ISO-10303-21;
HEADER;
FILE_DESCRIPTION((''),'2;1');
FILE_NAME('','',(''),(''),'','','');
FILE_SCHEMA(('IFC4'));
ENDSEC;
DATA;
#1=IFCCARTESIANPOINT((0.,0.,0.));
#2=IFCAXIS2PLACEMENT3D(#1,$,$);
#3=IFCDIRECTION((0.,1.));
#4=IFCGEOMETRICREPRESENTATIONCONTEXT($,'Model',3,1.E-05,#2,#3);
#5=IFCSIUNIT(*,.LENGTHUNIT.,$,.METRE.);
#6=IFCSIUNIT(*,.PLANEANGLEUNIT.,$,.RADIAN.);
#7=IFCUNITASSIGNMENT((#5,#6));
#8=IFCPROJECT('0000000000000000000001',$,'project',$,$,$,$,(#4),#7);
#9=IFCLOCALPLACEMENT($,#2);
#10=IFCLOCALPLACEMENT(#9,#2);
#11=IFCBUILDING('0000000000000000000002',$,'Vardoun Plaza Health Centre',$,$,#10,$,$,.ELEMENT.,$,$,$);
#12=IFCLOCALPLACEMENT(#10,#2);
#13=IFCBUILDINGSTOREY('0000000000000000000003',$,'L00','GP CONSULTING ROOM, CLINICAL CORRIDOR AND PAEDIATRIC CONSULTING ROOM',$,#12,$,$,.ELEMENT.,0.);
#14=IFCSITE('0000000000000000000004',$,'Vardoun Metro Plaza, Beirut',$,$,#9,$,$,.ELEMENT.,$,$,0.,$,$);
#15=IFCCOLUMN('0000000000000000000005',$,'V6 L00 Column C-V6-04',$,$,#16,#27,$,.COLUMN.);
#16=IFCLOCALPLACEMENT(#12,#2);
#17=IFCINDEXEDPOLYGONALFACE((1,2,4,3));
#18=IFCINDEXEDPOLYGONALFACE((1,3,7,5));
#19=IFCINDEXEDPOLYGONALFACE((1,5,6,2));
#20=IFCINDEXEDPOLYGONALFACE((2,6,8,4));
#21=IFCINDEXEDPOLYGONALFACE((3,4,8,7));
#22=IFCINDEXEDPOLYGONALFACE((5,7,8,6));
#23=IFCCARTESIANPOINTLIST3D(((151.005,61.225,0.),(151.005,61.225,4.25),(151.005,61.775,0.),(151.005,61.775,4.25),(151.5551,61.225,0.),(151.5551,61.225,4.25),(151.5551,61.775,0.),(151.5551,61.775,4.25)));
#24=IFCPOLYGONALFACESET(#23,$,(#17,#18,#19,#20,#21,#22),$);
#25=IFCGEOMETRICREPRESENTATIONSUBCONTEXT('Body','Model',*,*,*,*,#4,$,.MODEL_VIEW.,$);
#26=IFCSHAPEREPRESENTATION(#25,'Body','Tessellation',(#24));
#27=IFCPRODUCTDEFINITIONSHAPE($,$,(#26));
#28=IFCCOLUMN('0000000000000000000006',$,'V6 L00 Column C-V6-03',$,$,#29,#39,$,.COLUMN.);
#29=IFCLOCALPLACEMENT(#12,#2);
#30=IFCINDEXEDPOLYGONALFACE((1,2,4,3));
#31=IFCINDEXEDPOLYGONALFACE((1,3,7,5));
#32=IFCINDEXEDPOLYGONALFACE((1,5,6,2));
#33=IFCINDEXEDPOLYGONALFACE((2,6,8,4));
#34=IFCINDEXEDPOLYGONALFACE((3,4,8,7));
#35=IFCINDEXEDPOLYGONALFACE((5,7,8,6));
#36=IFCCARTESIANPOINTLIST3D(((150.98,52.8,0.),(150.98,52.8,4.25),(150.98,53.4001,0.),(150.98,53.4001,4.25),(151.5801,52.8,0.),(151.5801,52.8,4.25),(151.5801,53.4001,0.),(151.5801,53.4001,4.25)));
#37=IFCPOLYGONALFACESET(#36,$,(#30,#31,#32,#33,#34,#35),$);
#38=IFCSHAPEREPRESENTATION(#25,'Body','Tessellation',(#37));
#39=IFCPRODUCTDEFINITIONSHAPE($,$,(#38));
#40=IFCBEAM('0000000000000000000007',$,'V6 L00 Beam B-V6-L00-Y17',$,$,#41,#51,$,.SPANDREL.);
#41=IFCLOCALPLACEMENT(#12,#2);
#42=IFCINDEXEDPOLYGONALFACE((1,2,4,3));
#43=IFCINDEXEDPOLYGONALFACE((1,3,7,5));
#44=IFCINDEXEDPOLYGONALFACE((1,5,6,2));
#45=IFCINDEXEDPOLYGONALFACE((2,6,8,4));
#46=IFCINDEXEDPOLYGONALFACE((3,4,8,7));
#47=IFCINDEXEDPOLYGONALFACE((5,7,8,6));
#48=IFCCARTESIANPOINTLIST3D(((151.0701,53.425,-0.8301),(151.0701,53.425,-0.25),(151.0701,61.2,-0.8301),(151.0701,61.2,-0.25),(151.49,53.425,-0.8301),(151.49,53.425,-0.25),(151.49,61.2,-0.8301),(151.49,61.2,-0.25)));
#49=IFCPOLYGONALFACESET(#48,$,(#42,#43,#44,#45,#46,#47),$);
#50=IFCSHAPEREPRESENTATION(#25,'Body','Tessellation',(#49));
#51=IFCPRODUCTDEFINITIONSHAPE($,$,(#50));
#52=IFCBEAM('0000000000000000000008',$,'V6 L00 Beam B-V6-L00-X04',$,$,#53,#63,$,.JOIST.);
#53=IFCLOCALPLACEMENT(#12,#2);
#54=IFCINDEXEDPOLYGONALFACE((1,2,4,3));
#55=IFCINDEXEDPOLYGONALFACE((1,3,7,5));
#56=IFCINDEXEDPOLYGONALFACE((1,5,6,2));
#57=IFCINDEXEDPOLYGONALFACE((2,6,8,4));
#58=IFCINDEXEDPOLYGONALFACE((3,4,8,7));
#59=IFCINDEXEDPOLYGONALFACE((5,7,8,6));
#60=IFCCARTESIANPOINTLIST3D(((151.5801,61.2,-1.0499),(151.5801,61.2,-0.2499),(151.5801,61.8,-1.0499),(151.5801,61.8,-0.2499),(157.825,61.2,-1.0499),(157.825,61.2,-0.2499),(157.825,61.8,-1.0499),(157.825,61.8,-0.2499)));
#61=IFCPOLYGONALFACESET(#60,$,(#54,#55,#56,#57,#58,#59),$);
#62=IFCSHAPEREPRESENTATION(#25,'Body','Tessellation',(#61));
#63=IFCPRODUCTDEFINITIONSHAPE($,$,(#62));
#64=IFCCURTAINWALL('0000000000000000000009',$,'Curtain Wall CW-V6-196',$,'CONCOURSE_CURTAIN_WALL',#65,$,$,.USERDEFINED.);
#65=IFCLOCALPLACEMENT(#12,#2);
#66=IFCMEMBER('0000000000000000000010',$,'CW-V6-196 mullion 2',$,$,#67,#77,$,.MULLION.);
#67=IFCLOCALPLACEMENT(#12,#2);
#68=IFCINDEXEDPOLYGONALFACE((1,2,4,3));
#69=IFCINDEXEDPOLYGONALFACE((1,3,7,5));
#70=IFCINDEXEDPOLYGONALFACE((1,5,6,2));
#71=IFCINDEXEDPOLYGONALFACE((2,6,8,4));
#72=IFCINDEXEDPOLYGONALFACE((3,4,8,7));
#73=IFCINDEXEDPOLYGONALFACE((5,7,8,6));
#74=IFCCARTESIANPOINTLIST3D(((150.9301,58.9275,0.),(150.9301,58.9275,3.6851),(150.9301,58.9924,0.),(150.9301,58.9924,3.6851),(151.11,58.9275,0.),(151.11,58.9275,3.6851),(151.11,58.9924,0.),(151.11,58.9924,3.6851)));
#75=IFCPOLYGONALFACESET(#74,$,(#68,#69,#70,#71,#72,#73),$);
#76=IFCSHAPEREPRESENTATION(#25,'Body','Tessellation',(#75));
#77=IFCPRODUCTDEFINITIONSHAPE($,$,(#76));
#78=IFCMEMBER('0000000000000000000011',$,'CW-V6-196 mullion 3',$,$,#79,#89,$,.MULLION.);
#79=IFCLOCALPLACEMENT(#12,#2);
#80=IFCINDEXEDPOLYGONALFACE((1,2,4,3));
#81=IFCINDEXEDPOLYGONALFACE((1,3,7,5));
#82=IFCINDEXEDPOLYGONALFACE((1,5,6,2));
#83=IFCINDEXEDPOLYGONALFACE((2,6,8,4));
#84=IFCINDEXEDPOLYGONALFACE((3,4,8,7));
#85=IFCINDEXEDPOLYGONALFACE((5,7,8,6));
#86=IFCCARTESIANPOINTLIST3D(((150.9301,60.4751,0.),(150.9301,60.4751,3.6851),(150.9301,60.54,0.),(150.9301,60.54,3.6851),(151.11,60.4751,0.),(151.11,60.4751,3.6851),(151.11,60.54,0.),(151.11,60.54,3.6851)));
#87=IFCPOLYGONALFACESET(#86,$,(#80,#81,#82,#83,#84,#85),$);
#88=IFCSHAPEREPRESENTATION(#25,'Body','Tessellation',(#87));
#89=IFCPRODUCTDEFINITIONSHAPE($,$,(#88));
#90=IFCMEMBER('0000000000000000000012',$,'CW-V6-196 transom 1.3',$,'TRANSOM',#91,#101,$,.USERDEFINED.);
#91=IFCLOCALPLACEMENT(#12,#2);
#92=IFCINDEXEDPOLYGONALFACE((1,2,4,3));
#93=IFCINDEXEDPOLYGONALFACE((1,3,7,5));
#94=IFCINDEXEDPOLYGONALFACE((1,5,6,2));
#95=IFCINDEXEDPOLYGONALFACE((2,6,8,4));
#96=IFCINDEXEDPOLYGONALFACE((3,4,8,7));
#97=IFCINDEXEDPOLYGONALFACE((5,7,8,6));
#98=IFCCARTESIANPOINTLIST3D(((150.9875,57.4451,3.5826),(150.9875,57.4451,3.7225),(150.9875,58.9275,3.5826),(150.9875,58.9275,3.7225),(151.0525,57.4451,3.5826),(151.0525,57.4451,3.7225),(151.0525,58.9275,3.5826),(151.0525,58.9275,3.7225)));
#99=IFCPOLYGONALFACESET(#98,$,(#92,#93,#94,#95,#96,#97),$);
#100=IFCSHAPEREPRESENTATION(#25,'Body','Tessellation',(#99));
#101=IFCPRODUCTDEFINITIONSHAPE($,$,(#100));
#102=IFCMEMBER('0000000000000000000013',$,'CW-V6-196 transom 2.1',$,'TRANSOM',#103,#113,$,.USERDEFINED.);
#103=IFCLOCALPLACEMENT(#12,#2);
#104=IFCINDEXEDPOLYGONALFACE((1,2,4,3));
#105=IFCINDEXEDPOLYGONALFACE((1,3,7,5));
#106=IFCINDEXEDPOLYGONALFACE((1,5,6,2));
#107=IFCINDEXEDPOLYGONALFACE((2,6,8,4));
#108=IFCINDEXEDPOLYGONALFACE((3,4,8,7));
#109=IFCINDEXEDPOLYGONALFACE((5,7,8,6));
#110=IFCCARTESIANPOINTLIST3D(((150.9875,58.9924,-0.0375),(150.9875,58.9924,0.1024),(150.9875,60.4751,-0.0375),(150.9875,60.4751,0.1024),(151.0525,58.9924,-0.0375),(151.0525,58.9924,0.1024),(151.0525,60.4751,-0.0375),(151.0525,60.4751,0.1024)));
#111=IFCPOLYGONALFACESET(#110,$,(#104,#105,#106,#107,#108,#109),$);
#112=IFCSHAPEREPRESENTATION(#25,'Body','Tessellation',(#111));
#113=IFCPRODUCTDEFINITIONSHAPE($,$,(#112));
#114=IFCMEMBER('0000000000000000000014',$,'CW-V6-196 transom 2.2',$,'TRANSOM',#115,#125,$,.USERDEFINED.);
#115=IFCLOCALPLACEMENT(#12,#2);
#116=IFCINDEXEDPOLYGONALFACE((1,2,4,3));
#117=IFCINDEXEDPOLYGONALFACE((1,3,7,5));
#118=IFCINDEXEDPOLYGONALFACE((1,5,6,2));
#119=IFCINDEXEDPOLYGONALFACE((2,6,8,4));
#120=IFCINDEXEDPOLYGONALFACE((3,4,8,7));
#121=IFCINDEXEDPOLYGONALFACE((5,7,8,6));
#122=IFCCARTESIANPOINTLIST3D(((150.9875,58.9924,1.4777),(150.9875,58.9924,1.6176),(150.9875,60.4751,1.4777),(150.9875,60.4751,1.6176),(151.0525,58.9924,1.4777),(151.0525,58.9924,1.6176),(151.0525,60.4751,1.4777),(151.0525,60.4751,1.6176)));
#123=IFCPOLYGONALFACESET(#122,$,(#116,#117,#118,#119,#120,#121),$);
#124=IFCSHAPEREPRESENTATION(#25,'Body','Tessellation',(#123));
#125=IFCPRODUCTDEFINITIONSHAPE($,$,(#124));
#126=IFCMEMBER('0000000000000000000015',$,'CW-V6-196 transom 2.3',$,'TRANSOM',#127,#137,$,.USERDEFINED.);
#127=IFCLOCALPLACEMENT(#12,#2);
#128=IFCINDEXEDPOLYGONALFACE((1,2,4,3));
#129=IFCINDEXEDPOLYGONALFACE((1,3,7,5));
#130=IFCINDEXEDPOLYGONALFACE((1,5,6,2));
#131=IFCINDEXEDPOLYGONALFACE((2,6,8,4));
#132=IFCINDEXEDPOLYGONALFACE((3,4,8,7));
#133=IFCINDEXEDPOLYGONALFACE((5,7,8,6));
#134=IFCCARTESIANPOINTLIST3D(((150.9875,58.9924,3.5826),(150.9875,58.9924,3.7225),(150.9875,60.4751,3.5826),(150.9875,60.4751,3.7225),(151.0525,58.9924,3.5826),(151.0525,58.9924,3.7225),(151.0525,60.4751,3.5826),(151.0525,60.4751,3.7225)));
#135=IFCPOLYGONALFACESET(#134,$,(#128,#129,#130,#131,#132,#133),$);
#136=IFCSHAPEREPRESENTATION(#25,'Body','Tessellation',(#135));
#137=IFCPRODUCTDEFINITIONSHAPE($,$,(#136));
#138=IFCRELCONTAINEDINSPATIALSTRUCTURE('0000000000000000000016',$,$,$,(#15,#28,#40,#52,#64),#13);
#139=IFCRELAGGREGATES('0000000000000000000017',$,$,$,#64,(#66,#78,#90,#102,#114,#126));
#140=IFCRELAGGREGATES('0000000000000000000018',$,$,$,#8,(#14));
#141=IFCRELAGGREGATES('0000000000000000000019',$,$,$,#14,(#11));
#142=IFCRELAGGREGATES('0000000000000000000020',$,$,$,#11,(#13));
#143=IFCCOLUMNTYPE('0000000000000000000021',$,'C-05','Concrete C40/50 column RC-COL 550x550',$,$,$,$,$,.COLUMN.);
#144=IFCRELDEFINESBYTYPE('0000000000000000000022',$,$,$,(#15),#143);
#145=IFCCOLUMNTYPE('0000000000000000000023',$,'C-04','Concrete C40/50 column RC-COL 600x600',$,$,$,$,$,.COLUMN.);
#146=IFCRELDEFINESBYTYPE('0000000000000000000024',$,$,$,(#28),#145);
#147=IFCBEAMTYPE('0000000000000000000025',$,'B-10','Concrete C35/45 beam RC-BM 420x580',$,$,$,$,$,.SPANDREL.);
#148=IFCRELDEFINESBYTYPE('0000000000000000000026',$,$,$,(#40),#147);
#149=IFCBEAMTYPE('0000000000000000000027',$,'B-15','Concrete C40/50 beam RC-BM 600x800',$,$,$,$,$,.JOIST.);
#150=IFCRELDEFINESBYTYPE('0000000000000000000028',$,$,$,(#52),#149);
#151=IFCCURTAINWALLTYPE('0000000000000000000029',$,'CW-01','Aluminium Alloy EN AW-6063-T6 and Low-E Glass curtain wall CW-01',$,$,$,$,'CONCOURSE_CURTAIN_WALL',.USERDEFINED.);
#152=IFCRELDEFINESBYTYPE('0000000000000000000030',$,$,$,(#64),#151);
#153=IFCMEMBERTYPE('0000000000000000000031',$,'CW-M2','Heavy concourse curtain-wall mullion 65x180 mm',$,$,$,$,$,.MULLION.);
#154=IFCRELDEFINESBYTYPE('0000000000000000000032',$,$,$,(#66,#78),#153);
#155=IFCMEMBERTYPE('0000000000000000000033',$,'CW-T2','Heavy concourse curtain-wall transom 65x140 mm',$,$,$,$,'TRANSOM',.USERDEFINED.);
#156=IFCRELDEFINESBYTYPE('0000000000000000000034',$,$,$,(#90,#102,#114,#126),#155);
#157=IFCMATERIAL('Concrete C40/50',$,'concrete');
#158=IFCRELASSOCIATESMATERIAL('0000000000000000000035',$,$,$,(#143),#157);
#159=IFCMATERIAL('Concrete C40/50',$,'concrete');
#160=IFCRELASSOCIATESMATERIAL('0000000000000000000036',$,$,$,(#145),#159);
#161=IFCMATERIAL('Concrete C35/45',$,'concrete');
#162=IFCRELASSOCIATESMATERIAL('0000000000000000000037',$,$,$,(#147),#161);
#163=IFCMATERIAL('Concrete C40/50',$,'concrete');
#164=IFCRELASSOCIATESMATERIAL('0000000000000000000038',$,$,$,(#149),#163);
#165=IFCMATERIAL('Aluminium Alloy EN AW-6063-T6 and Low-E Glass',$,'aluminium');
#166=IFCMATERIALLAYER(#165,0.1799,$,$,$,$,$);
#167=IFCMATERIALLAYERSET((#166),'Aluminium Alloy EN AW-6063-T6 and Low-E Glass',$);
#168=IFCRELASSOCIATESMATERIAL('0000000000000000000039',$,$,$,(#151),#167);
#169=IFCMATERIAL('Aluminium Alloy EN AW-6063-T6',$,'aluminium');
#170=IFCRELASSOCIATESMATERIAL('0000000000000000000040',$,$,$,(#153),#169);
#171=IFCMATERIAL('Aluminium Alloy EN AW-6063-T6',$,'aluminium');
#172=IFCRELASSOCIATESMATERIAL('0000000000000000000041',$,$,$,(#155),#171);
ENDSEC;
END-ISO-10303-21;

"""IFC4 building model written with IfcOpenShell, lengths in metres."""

from ifc_helpers import new_model, si_unit, direction, frame, origin, origin_2d, place, context, subcontext, project, spatial, rectangle, extrude, material, layer, layer_set, material_profile, profile_set, type_object, element, aggregate, save


model = new_model("IFC4")

# Units and contexts
model_context = context("Model", 3, precision=1e-05, world=origin(), true_north=direction((0.0, 1.0)))
body_context = subcontext(model_context, "Body", "Model", "MODEL_VIEW")
ifc_project = project(units=[si_unit("LENGTHUNIT", "METRE"), si_unit("PLANEANGLEUNIT", "RADIAN")], contexts=[model_context])

# Site, building, storey
site_placement = place(None, origin())
site = spatial("IfcSite", under=ifc_project, at=site_placement, Name="Vardoun Metro Plaza, Beirut", CompositionType="ELEMENT", RefElevation=0.0)
building_placement = place(site_placement, origin())
building = spatial("IfcBuilding", under=site, at=building_placement, Name="Vardoun Plaza Health Centre", CompositionType="ELEMENT")
storey_placement = place(building_placement, origin())
storey = spatial("IfcBuildingStorey", under=building, at=storey_placement, Name="L00", Description="GP CONSULTING ROOM, CLINICAL CORRIDOR AND PAEDIATRIC CONSULTING ROOM", CompositionType="ELEMENT", Elevation=0.0)

# Columns
ifc_material_1 = material(Name="Concrete C40/50", Category="concrete")
ifc_material_profile_1 = material_profile(ifc_material_1, rectangle(XDim=0.55, YDim=0.55, at=origin_2d()), Name="RC-COL 550x550")
ifc_profile_set_1 = profile_set([ifc_material_profile_1], Name="Concrete C40/50")
column_type_1 = type_object("IfcColumnType", Name="C-05", Description="Concrete C40/50 column RC-COL 550x550", PredefinedType="COLUMN", material=ifc_profile_set_1)
column_1_placement = place(storey_placement, frame((151.28, 61.5, 0.0), z_axis=(0.0, 0.0, 1.0), x_axis=(1.0, 0.0, 0.0)))
element("IfcColumn", 1, at=column_1_placement, inside=storey, type_object=column_type_1, Name="V6 L00 Column C-V6-04", PredefinedType="COLUMN", context=body_context, shape_type="SweptSolid", body=[
    extrude(rectangle(XDim=0.55, YDim=0.55, at=origin_2d()), origin(), (0.0, 0.0, 1.0), 4.25),
])
ifc_material_2 = material(Name="Concrete C40/50", Category="concrete")
ifc_material_profile_2 = material_profile(ifc_material_2, rectangle(XDim=0.6001, YDim=0.6001, at=origin_2d()), Name="RC-COL 600x600")
ifc_profile_set_2 = profile_set([ifc_material_profile_2], Name="Concrete C40/50")
column_type_2 = type_object("IfcColumnType", Name="C-04", Description="Concrete C40/50 column RC-COL 600x600", PredefinedType="COLUMN", material=ifc_profile_set_2)
column_2_placement = place(storey_placement, frame((151.28, 53.1001, 0.0), z_axis=(0.0, 0.0, 1.0), x_axis=(1.0, 0.0, 0.0)))
element("IfcColumn", 2, at=column_2_placement, inside=storey, type_object=column_type_2, Name="V6 L00 Column C-V6-03", PredefinedType="COLUMN", context=body_context, shape_type="SweptSolid", body=[
    extrude(rectangle(XDim=0.6001, YDim=0.6001, at=origin_2d()), origin(), (0.0, 0.0, 1.0), 4.25),
])

# Beams
ifc_material_3 = material(Name="Concrete C35/45", Category="concrete")
ifc_material_profile_3 = material_profile(ifc_material_3, rectangle(XDim=0.4199, YDim=0.5801, at=origin_2d()), Name="RC-BM 420x580")
ifc_profile_set_3 = profile_set([ifc_material_profile_3], Name="Concrete C35/45")
beam_type_1 = type_object("IfcBeamType", Name="B-10", Description="Concrete C35/45 beam RC-BM 420x580", PredefinedType="SPANDREL", material=ifc_profile_set_3)
beam_1_placement = place(storey_placement, frame((151.28, 53.425, -0.54), z_axis=(0.0, 1.0, 0.0), x_axis=(-1.0, 0.0, 0.0)))
element("IfcBeam", 3, at=beam_1_placement, inside=storey, type_object=beam_type_1, Name="V6 L00 Beam B-V6-L00-Y17", PredefinedType="SPANDREL", context=body_context, shape_type="SweptSolid", body=[
    extrude(rectangle(XDim=0.4199, YDim=0.5801, at=origin_2d()), origin(), (0.0, 0.0, 1.0), 7.7749),
])
ifc_material_4 = material(Name="Concrete C40/50", Category="concrete")
ifc_material_profile_4 = material_profile(ifc_material_4, rectangle(XDim=0.6001, YDim=0.8, at=origin_2d()), Name="RC-BM 600x800")
ifc_profile_set_4 = profile_set([ifc_material_profile_4], Name="Concrete C40/50")
beam_type_2 = type_object("IfcBeamType", Name="B-15", Description="Concrete C40/50 beam RC-BM 600x800", PredefinedType="JOIST", material=ifc_profile_set_4)
beam_2_placement = place(storey_placement, frame((151.5801, 61.5, -0.6499), z_axis=(1.0, 0.0, 0.0), x_axis=(0.0, 1.0, 0.0)))
element("IfcBeam", 4, at=beam_2_placement, inside=storey, type_object=beam_type_2, Name="V6 L00 Beam B-V6-L00-X04", PredefinedType="JOIST", context=body_context, shape_type="SweptSolid", body=[
    extrude(rectangle(XDim=0.6001, YDim=0.8, at=origin_2d()), origin(), (0.0, 0.0, 1.0), 6.2449),
])

# Curtain wall, members
ifc_material_5 = material(Name="Aluminium Alloy EN AW-6063-T6 and Low-E Glass", Category="aluminium")
ifc_layer_1 = layer(ifc_material_5, 0.1799)
ifc_layer_set_1 = layer_set([ifc_layer_1], Name="Aluminium Alloy EN AW-6063-T6 and Low-E Glass")
curtain_wall_type = type_object("IfcCurtainWallType", Name="CW-01", Description="Aluminium Alloy EN AW-6063-T6 and Low-E Glass curtain wall CW-01", ElementType="CONCOURSE_CURTAIN_WALL", PredefinedType="USERDEFINED", material=ifc_layer_set_1)
curtain_wall_placement = place(storey_placement, origin())
curtain_wall = element("IfcCurtainWall", 5, at=curtain_wall_placement, inside=storey, type_object=curtain_wall_type, Name="Curtain Wall CW-V6-196", ObjectType="CONCOURSE_CURTAIN_WALL", PredefinedType="USERDEFINED")
ifc_material_6 = material(Name="Aluminium Alloy EN AW-6063-T6", Category="aluminium")
ifc_material_profile_5 = material_profile(ifc_material_6, rectangle(XDim=0.1799, YDim=0.0649, at=origin_2d()), Name="CWM 65x180")
ifc_profile_set_5 = profile_set([ifc_material_profile_5], Name="Aluminium Alloy EN AW-6063-T6")
member_type_1 = type_object("IfcMemberType", Name="CW-M2", Description="Heavy concourse curtain-wall mullion 65x180 mm", PredefinedType="MULLION", material=ifc_profile_set_5)
member_1_placement = place(storey_placement, frame((151.02, 58.96, 0.0), z_axis=(0.0, 0.0, 1.0), x_axis=(-1.0, 0.0, 0.0)))
member_1 = element("IfcMember", 6, at=member_1_placement, type_object=member_type_1, Name="CW-V6-196 mullion 2", PredefinedType="MULLION", context=body_context, shape_type="SweptSolid", body=[
    extrude(rectangle(XDim=0.1799, YDim=0.0649, at=origin_2d()), origin(), (0.0, 0.0, 1.0), 3.6851),
])
member_2_placement = place(storey_placement, frame((151.02, 60.5076, 0.0), z_axis=(0.0, 0.0, 1.0), x_axis=(-1.0, 0.0, 0.0)))
member_2 = element("IfcMember", 7, at=member_2_placement, type_object=member_type_1, Name="CW-V6-196 mullion 3", PredefinedType="MULLION", context=body_context, shape_type="SweptSolid", body=[
    extrude(rectangle(XDim=0.1799, YDim=0.0649, at=origin_2d()), origin(), (0.0, 0.0, 1.0), 3.6851),
])
ifc_material_7 = material(Name="Aluminium Alloy EN AW-6063-T6", Category="aluminium")
ifc_material_profile_6 = material_profile(ifc_material_7, rectangle(XDim=0.0649, YDim=0.1399, at=origin_2d()), Name="CWT 65x140")
ifc_profile_set_6 = profile_set([ifc_material_profile_6], Name="Aluminium Alloy EN AW-6063-T6")
member_type_2 = type_object("IfcMemberType", Name="CW-T2", Description="Heavy concourse curtain-wall transom 65x140 mm", ElementType="TRANSOM", PredefinedType="USERDEFINED", material=ifc_profile_set_6)
member_3_placement = place(storey_placement, frame((151.02, 57.4451, 3.6526), z_axis=(0.0, 1.0, 0.0), x_axis=(-1.0, 0.0, 0.0)))
member_3 = element("IfcMember", 8, at=member_3_placement, type_object=member_type_2, Name="CW-V6-196 transom 1.3", ObjectType="TRANSOM", PredefinedType="USERDEFINED", context=body_context, shape_type="SweptSolid", body=[
    extrude(rectangle(XDim=0.0649, YDim=0.1399, at=origin_2d()), origin(), (0.0, 0.0, 1.0), 1.4824),
])
member_4_placement = place(storey_placement, frame((151.02, 58.9924, 0.0325), z_axis=(0.0, 1.0, 0.0), x_axis=(-1.0, 0.0, 0.0)))
member_4 = element("IfcMember", 9, at=member_4_placement, type_object=member_type_2, Name="CW-V6-196 transom 2.1", ObjectType="TRANSOM", PredefinedType="USERDEFINED", context=body_context, shape_type="SweptSolid", body=[
    extrude(rectangle(XDim=0.0649, YDim=0.1399, at=origin_2d()), origin(), (0.0, 0.0, 1.0), 1.4827),
])
member_5_placement = place(storey_placement, frame((151.02, 58.9924, 1.5476), z_axis=(0.0, 1.0, 0.0), x_axis=(-1.0, 0.0, 0.0)))
member_5 = element("IfcMember", 10, at=member_5_placement, type_object=member_type_2, Name="CW-V6-196 transom 2.2", ObjectType="TRANSOM", PredefinedType="USERDEFINED", context=body_context, shape_type="SweptSolid", body=[
    extrude(rectangle(XDim=0.0649, YDim=0.1399, at=origin_2d()), origin(), (0.0, 0.0, 1.0), 1.4827),
])
member_6_placement = place(storey_placement, frame((151.02, 58.9924, 3.6526), z_axis=(0.0, 1.0, 0.0), x_axis=(-1.0, 0.0, 0.0)))
member_6 = element("IfcMember", 11, at=member_6_placement, type_object=member_type_2, Name="CW-V6-196 transom 2.3", ObjectType="TRANSOM", PredefinedType="USERDEFINED", context=body_context, shape_type="SweptSolid", body=[
    extrude(rectangle(XDim=0.0649, YDim=0.1399, at=origin_2d()), origin(), (0.0, 0.0, 1.0), 1.4827),
])

aggregate(curtain_wall, [member_1, member_2, member_3, member_4, member_5, member_6])

save(model, "model.ifc")
